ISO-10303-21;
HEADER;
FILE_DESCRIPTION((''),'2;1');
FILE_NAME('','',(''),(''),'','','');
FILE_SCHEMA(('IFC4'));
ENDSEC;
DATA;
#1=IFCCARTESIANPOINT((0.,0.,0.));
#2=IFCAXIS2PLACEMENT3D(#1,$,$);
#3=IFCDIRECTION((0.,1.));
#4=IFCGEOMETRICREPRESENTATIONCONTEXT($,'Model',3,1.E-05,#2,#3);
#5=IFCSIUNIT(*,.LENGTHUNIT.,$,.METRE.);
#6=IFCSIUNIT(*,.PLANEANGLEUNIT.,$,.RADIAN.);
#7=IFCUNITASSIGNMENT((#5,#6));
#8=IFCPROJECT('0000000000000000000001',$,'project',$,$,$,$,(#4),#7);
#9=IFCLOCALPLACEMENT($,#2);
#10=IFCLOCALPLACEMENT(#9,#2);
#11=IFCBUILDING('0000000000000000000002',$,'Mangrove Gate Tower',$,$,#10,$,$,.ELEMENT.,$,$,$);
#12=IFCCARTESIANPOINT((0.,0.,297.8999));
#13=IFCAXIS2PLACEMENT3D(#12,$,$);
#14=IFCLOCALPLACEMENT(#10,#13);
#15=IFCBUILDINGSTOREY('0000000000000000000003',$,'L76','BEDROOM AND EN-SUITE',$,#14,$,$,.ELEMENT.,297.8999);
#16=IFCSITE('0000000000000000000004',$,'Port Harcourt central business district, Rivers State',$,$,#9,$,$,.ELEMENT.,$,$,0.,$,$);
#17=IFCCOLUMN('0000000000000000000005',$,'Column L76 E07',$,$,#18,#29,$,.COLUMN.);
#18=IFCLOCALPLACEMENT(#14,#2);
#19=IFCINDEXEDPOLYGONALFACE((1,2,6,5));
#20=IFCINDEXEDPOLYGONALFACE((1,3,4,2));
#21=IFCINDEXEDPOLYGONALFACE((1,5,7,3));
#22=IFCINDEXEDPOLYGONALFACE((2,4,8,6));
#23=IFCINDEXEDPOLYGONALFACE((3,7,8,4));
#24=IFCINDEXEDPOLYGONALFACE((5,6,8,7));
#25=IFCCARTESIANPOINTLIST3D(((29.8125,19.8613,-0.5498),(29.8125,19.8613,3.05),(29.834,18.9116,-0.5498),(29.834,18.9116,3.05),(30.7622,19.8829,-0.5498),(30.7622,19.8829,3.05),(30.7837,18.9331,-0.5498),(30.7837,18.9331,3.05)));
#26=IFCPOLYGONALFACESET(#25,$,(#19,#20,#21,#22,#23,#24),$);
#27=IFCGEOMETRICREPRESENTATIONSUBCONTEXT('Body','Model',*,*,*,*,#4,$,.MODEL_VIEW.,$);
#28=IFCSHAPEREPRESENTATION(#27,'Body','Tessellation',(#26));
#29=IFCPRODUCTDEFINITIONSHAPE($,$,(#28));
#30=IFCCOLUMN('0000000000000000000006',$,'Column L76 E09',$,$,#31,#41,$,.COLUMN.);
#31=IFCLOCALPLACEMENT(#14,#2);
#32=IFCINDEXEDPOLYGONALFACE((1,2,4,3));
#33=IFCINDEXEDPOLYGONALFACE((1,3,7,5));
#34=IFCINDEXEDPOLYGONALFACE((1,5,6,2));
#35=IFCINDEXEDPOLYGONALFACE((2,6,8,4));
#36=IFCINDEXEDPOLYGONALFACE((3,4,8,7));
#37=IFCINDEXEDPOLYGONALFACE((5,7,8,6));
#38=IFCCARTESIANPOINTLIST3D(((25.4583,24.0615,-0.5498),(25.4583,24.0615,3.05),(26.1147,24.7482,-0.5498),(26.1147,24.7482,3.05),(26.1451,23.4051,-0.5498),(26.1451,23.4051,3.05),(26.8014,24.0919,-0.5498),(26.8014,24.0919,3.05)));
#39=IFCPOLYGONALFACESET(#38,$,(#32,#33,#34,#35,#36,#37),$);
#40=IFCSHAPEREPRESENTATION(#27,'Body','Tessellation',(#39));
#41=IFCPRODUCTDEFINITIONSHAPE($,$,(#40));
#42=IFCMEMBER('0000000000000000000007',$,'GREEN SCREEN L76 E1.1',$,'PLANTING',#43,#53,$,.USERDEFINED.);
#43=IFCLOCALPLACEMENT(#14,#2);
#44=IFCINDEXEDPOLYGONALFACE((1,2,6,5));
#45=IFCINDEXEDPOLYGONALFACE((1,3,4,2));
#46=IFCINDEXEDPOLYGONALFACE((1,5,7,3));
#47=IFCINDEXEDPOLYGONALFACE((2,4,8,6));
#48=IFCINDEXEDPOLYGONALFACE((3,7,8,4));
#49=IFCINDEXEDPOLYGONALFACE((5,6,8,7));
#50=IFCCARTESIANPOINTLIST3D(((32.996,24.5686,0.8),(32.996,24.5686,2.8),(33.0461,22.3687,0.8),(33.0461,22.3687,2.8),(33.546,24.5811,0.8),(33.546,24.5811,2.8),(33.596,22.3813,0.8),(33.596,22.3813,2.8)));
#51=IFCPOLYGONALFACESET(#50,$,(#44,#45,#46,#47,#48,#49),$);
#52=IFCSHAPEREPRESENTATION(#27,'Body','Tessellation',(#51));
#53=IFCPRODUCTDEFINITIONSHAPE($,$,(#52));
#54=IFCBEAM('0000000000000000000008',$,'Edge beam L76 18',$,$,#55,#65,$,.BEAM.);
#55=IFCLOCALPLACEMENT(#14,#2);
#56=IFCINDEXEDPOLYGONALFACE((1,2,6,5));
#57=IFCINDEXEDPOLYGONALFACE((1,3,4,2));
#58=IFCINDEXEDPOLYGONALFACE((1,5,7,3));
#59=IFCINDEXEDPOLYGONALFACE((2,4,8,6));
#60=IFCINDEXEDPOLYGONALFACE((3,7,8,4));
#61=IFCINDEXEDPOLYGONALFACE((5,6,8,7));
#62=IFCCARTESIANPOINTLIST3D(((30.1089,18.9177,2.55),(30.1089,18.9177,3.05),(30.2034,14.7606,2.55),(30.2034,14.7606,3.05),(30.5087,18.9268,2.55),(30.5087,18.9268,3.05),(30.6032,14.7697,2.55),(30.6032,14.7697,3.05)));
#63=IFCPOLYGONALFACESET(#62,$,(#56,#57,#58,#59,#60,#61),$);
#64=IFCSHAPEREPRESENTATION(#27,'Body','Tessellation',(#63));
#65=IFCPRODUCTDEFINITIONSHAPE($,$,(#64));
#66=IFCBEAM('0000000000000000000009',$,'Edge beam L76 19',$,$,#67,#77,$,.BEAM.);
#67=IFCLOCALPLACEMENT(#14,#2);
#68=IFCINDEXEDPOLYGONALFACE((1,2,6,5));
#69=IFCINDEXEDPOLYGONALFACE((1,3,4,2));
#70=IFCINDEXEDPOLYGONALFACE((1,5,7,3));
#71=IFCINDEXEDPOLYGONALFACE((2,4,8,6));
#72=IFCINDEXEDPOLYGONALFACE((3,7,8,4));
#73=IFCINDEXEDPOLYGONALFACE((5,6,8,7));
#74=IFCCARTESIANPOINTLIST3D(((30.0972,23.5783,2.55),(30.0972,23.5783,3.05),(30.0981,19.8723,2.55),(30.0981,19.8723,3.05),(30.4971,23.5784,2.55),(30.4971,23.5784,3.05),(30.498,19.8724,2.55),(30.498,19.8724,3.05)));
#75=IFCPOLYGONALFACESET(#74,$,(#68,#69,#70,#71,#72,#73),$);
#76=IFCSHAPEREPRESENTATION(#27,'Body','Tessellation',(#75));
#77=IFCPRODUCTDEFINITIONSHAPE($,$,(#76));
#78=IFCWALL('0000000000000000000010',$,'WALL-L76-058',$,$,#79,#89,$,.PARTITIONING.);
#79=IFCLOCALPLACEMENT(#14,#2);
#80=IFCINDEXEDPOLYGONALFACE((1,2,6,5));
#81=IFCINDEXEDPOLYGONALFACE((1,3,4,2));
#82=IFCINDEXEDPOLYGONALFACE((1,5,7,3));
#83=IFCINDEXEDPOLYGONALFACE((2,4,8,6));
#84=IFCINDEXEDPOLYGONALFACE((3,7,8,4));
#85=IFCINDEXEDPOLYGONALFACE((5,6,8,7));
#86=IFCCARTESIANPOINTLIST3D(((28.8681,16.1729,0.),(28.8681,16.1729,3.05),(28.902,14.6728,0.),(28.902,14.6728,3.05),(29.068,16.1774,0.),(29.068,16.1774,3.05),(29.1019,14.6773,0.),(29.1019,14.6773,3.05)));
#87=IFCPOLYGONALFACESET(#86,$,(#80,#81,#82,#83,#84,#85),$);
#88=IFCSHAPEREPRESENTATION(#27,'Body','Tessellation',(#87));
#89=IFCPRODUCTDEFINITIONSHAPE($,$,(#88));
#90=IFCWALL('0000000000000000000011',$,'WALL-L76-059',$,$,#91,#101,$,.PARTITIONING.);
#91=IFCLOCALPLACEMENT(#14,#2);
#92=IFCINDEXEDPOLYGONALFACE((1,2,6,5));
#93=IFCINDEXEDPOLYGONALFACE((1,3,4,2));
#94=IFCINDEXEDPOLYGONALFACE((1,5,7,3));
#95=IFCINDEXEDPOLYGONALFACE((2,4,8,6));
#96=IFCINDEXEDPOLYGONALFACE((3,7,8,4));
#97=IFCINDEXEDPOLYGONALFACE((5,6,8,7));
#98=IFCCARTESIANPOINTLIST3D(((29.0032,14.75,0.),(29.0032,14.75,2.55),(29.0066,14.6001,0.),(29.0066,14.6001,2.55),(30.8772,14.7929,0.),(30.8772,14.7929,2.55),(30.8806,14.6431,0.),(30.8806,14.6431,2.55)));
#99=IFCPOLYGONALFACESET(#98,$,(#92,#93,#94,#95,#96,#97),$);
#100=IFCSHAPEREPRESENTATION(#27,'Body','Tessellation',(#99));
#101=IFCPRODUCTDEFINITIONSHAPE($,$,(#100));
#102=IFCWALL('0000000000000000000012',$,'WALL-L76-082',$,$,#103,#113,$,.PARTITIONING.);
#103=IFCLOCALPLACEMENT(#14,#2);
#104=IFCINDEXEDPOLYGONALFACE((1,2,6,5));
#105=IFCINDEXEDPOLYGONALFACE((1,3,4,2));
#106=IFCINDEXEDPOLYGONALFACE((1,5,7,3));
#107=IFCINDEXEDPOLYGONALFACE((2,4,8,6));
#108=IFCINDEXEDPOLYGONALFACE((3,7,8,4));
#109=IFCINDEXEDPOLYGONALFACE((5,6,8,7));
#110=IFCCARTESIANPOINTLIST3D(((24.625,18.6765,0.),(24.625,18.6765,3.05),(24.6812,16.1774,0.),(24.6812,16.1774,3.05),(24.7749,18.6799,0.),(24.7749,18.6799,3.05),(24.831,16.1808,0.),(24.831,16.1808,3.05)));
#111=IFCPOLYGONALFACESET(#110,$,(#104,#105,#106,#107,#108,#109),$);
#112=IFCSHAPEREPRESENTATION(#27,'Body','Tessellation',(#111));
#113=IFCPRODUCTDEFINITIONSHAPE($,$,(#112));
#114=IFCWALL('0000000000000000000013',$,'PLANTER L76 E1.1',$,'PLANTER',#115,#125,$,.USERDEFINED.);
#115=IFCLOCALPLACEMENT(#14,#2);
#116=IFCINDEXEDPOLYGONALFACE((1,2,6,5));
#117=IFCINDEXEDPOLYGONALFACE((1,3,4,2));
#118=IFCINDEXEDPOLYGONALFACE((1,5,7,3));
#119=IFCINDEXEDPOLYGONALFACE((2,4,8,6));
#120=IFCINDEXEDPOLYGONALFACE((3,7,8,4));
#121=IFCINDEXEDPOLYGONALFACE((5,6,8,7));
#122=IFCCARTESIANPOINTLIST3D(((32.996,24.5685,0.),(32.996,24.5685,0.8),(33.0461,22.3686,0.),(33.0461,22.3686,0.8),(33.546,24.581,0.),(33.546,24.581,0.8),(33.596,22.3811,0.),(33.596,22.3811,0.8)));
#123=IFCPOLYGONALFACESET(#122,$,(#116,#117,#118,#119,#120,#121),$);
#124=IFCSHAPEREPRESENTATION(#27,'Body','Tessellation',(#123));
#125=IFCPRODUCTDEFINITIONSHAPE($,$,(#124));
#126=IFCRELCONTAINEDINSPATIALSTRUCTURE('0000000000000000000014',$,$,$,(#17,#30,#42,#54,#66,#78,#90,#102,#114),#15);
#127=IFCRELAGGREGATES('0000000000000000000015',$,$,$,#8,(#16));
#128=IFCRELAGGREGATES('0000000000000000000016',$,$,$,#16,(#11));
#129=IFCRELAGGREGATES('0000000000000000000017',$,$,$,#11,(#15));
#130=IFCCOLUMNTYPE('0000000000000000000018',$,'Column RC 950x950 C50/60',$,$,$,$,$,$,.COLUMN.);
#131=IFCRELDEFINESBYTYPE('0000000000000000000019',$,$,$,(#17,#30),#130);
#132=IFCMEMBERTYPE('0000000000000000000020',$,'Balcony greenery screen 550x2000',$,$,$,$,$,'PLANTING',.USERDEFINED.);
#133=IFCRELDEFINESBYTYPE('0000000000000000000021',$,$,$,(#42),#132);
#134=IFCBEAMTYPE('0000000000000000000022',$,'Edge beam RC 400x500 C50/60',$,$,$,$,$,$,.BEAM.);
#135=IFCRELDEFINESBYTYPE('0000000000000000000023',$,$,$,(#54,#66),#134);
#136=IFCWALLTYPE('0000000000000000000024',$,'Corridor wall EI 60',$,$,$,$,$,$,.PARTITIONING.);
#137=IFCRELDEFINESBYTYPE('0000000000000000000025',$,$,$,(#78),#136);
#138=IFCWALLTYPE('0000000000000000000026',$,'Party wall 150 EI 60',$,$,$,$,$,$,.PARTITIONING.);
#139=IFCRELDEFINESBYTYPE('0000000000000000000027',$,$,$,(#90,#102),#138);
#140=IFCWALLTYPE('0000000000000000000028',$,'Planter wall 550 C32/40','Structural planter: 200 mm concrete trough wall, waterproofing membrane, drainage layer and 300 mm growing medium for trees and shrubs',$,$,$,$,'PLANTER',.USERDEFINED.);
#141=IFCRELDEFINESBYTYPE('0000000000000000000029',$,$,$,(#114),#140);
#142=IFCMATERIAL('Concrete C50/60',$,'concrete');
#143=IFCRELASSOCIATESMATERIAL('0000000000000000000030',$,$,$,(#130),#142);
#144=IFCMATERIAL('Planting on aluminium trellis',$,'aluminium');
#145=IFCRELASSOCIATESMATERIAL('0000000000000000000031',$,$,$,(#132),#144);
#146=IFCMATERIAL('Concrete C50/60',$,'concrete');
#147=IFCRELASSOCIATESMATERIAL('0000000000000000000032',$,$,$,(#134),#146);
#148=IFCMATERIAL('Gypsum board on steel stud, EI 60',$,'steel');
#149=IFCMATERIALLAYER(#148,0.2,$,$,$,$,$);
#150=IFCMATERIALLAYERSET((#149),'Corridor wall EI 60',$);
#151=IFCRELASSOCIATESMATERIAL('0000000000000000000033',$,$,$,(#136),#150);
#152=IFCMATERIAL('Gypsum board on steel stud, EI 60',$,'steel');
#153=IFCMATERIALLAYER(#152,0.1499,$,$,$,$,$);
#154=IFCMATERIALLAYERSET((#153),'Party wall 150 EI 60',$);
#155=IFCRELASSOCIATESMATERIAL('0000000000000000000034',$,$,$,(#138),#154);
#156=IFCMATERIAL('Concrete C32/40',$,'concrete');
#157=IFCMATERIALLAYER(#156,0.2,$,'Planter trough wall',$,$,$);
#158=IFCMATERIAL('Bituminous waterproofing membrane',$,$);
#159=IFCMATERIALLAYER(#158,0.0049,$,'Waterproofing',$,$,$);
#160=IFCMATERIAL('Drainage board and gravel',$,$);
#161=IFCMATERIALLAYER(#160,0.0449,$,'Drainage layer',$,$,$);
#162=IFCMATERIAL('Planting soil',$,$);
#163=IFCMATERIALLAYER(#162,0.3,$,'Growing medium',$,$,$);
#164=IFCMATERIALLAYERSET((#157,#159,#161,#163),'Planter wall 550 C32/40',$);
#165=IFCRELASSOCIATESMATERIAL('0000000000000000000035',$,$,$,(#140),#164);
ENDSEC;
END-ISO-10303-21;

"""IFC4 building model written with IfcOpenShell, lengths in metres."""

from ifc_helpers import new_model, si_unit, direction, frame, frame_2d, origin, origin_2d, place, context, subcontext, project, spatial, rectangle, extrude, material, layer, layer_set, material_profile, profile_set, type_object, element, save


model = new_model("IFC4")

# Units and contexts
model_context = context("Model", 3, precision=1e-05, world=origin(), true_north=direction((0.0, 1.0)))
body_context = subcontext(model_context, "Body", "Model", "MODEL_VIEW")
ifc_project = project(units=[si_unit("LENGTHUNIT", "METRE"), si_unit("PLANEANGLEUNIT", "RADIAN")], contexts=[model_context])

# Site, building, storey
site_placement = place(None, origin())
site = spatial("IfcSite", under=ifc_project, at=site_placement, Name="Port Harcourt central business district, Rivers State", CompositionType="ELEMENT", RefElevation=0.0)
building_placement = place(site_placement, origin())
building = spatial("IfcBuilding", under=site, at=building_placement, Name="Mangrove Gate Tower", CompositionType="ELEMENT")
storey_placement = place(building_placement, frame((0.0, 0.0, 297.8999)))
storey = spatial("IfcBuildingStorey", under=building, at=storey_placement, Name="L76", Description="BEDROOM AND EN-SUITE", CompositionType="ELEMENT", Elevation=297.8999)

# Columns
ifc_material_1 = material(Name="Concrete C50/60", Category="concrete")
ifc_material_profile_1 = material_profile(ifc_material_1, rectangle(XDim=0.95, YDim=0.95, at=origin_2d()))
ifc_profile_set_1 = profile_set([ifc_material_profile_1], Name="Concrete C50/60")
column_type = type_object("IfcColumnType", Name="Column RC 950x950 C50/60", PredefinedType="COLUMN", material=ifc_profile_set_1)
for number, where, z_axis, x_axis, name in (
    (1, (30.2981, 19.3972, -0.5498), (0.0, 0.0, 1.0), (-0.022708, 0.999742, 0.0), "Column L76 E07"),
    (2, (26.1299, 24.0767, -0.5498), (0.0, 0.0, 1.0), (-0.72292, 0.690932, 0.0), "Column L76 E09"),
):
    element("IfcColumn", number, at=place(storey_placement, frame(where, z_axis=z_axis, x_axis=x_axis)), inside=storey, type_object=column_type, Name=name, PredefinedType="COLUMN", context=body_context, shape_type="SweptSolid", body=[
        extrude(rectangle(XDim=0.95, YDim=0.95, at=origin_2d()), origin(), (0.0, 0.0, 1.0), 3.5999),
    ])

# Member
ifc_material_2 = material(Name="Planting on aluminium trellis", Category="aluminium")
ifc_material_profile_2 = material_profile(ifc_material_2, rectangle(XDim=0.55, YDim=2.0, at=origin_2d()))
ifc_profile_set_2 = profile_set([ifc_material_profile_2], Name="Planting on aluminium trellis")
member_type = type_object("IfcMemberType", Name="Balcony greenery screen 550x2000", ElementType="PLANTING", PredefinedType="USERDEFINED", material=ifc_profile_set_2)
member_placement = place(storey_placement, frame((33.321, 22.375, 1.8), z_axis=(-0.022744, 0.999741, 0.0), x_axis=(-0.999741, -0.022744, 0.0)))
element("IfcMember", 3, at=member_placement, inside=storey, type_object=member_type, Name="GREEN SCREEN L76 E1.1", ObjectType="PLANTING", PredefinedType="USERDEFINED", context=body_context, shape_type="SweptSolid", body=[
    extrude(rectangle(XDim=0.55, YDim=2.0, at=origin_2d()), origin(), (0.0, 0.0, 1.0), 2.2004),
])

# Beams
ifc_material_3 = material(Name="Concrete C50/60", Category="concrete")
ifc_material_profile_3 = material_profile(ifc_material_3, rectangle(XDim=0.3999, YDim=0.5, at=origin_2d()))
ifc_profile_set_3 = profile_set([ifc_material_profile_3], Name="Concrete C50/60")
beam_type = type_object("IfcBeamType", Name="Edge beam RC 400x500 C50/60", PredefinedType="BEAM", material=ifc_profile_set_3)
beam_1_placement = place(storey_placement, frame((30.4033, 14.7651, 2.8), z_axis=(-0.022721, 0.999742, 0.0), x_axis=(-0.999742, -0.022721, 0.0)))
element("IfcBeam", 4, at=beam_1_placement, inside=storey, type_object=beam_type, Name="Edge beam L76 18", PredefinedType="BEAM", context=body_context, shape_type="SweptSolid", body=[
    extrude(rectangle(XDim=0.3999, YDim=0.5, at=origin_2d()), origin(), (0.0, 0.0, 1.0), 4.1582),
])
beam_2_placement = place(storey_placement, frame((30.2981, 19.8723, 2.8), z_axis=(-0.000264, 1.0, 0.0), x_axis=(-1.0, -0.000264, 0.0)))
element("IfcBeam", 5, at=beam_2_placement, inside=storey, type_object=beam_type, Name="Edge beam L76 19", PredefinedType="BEAM", context=body_context, shape_type="SweptSolid", body=[
    extrude(rectangle(XDim=0.3999, YDim=0.5, at=origin_2d()), origin(), (0.0, 0.0, 1.0), 3.7061),
])

# Walls
ifc_material_4 = material(Name="Gypsum board on steel stud, EI 60", Category="steel")
ifc_layer_1 = layer(ifc_material_4, 0.2)
ifc_layer_set_1 = layer_set([ifc_layer_1], Name="Corridor wall EI 60")
wall_type_1 = type_object("IfcWallType", Name="Corridor wall EI 60", PredefinedType="PARTITIONING", material=ifc_layer_set_1)
wall_1_placement = place(storey_placement, frame((29.002, 14.675, 0.0), z_axis=(0.0, 0.0, 1.0), x_axis=(-0.022618, 0.999744, 0.0)))
element("IfcWall", 6, at=wall_1_placement, inside=storey, type_object=wall_type_1, Name="WALL-L76-058", PredefinedType="PARTITIONING", context=body_context, shape_type="SweptSolid", body=[
    extrude(rectangle(XDim=1.5005, YDim=0.2, at=frame_2d((0.7502, 0.0))), origin(), (0.0, 0.0, 1.0), 3.05),
])
ifc_material_5 = material(Name="Gypsum board on steel stud, EI 60", Category="steel")
ifc_layer_2 = layer(ifc_material_5, 0.1499)
ifc_layer_set_2 = layer_set([ifc_layer_2], Name="Party wall 150 EI 60")
wall_type_2 = type_object("IfcWallType", Name="Party wall 150 EI 60", PredefinedType="PARTITIONING", material=ifc_layer_set_2)
wall_2_placement = place(storey_placement, frame((29.0049, 14.675, 0.0), z_axis=(0.0, 0.0, 1.0), x_axis=(0.999737, 0.022923, 0.0)))
element("IfcWall", 7, at=wall_2_placement, inside=storey, type_object=wall_type_2, Name="WALL-L76-059", PredefinedType="PARTITIONING", context=body_context, shape_type="SweptSolid", body=[
    extrude(rectangle(XDim=1.8745, YDim=0.1499, at=frame_2d((0.9373, 0.0))), origin(), (0.0, 0.0, 1.0), 2.55),
])
wall_3_placement = place(storey_placement, frame((24.7561, 16.179, 0.0), z_axis=(0.0, 0.0, 1.0), x_axis=(-0.022464, 0.999748, 0.0)))
element("IfcWall", 8, at=wall_3_placement, inside=storey, type_object=wall_type_2, Name="WALL-L76-082", PredefinedType="PARTITIONING", context=body_context, shape_type="SweptSolid", body=[
    extrude(rectangle(XDim=2.4998, YDim=0.1499, at=frame_2d((1.25, 0.0))), origin(), (0.0, 0.0, 1.0), 3.05),
])
ifc_material_6 = material(Name="Concrete C32/40", Category="concrete")
ifc_layer_3 = layer(ifc_material_6, 0.2, Name="Planter trough wall")
ifc_material_7 = material(Name="Bituminous waterproofing membrane")
ifc_layer_4 = layer(ifc_material_7, 0.0049, Name="Waterproofing")
ifc_material_8 = material(Name="Drainage board and gravel")
ifc_layer_5 = layer(ifc_material_8, 0.0449, Name="Drainage layer")
ifc_material_9 = material(Name="Planting soil")
ifc_layer_6 = layer(ifc_material_9, 0.3, Name="Growing medium")
ifc_layer_set_3 = layer_set([ifc_layer_3, ifc_layer_4, ifc_layer_5, ifc_layer_6], Name="Planter wall 550 C32/40")
wall_type_3 = type_object("IfcWallType", Name="Planter wall 550 C32/40", Description="Structural planter: 200 mm concrete trough wall, waterproofing membrane, drainage layer and 300 mm growing medium for trees and shrubs", ElementType="PLANTER", PredefinedType="USERDEFINED", material=ifc_layer_set_3)
wall_4_placement = place(storey_placement, frame((33.321, 22.375, 0.0), z_axis=(0.0, 0.0, 1.0), x_axis=(-0.022744, 0.999741, 0.0)))
element("IfcWall", 9, at=wall_4_placement, inside=storey, type_object=wall_type_3, Name="PLANTER L76 E1.1", ObjectType="PLANTER", PredefinedType="USERDEFINED", context=body_context, shape_type="SweptSolid", body=[
    extrude(rectangle(XDim=2.2004, YDim=0.55, at=frame_2d((1.1001, 0.0))), origin(), (0.0, 0.0, 1.0), 0.8),
])

save(model, "model.ifc")
